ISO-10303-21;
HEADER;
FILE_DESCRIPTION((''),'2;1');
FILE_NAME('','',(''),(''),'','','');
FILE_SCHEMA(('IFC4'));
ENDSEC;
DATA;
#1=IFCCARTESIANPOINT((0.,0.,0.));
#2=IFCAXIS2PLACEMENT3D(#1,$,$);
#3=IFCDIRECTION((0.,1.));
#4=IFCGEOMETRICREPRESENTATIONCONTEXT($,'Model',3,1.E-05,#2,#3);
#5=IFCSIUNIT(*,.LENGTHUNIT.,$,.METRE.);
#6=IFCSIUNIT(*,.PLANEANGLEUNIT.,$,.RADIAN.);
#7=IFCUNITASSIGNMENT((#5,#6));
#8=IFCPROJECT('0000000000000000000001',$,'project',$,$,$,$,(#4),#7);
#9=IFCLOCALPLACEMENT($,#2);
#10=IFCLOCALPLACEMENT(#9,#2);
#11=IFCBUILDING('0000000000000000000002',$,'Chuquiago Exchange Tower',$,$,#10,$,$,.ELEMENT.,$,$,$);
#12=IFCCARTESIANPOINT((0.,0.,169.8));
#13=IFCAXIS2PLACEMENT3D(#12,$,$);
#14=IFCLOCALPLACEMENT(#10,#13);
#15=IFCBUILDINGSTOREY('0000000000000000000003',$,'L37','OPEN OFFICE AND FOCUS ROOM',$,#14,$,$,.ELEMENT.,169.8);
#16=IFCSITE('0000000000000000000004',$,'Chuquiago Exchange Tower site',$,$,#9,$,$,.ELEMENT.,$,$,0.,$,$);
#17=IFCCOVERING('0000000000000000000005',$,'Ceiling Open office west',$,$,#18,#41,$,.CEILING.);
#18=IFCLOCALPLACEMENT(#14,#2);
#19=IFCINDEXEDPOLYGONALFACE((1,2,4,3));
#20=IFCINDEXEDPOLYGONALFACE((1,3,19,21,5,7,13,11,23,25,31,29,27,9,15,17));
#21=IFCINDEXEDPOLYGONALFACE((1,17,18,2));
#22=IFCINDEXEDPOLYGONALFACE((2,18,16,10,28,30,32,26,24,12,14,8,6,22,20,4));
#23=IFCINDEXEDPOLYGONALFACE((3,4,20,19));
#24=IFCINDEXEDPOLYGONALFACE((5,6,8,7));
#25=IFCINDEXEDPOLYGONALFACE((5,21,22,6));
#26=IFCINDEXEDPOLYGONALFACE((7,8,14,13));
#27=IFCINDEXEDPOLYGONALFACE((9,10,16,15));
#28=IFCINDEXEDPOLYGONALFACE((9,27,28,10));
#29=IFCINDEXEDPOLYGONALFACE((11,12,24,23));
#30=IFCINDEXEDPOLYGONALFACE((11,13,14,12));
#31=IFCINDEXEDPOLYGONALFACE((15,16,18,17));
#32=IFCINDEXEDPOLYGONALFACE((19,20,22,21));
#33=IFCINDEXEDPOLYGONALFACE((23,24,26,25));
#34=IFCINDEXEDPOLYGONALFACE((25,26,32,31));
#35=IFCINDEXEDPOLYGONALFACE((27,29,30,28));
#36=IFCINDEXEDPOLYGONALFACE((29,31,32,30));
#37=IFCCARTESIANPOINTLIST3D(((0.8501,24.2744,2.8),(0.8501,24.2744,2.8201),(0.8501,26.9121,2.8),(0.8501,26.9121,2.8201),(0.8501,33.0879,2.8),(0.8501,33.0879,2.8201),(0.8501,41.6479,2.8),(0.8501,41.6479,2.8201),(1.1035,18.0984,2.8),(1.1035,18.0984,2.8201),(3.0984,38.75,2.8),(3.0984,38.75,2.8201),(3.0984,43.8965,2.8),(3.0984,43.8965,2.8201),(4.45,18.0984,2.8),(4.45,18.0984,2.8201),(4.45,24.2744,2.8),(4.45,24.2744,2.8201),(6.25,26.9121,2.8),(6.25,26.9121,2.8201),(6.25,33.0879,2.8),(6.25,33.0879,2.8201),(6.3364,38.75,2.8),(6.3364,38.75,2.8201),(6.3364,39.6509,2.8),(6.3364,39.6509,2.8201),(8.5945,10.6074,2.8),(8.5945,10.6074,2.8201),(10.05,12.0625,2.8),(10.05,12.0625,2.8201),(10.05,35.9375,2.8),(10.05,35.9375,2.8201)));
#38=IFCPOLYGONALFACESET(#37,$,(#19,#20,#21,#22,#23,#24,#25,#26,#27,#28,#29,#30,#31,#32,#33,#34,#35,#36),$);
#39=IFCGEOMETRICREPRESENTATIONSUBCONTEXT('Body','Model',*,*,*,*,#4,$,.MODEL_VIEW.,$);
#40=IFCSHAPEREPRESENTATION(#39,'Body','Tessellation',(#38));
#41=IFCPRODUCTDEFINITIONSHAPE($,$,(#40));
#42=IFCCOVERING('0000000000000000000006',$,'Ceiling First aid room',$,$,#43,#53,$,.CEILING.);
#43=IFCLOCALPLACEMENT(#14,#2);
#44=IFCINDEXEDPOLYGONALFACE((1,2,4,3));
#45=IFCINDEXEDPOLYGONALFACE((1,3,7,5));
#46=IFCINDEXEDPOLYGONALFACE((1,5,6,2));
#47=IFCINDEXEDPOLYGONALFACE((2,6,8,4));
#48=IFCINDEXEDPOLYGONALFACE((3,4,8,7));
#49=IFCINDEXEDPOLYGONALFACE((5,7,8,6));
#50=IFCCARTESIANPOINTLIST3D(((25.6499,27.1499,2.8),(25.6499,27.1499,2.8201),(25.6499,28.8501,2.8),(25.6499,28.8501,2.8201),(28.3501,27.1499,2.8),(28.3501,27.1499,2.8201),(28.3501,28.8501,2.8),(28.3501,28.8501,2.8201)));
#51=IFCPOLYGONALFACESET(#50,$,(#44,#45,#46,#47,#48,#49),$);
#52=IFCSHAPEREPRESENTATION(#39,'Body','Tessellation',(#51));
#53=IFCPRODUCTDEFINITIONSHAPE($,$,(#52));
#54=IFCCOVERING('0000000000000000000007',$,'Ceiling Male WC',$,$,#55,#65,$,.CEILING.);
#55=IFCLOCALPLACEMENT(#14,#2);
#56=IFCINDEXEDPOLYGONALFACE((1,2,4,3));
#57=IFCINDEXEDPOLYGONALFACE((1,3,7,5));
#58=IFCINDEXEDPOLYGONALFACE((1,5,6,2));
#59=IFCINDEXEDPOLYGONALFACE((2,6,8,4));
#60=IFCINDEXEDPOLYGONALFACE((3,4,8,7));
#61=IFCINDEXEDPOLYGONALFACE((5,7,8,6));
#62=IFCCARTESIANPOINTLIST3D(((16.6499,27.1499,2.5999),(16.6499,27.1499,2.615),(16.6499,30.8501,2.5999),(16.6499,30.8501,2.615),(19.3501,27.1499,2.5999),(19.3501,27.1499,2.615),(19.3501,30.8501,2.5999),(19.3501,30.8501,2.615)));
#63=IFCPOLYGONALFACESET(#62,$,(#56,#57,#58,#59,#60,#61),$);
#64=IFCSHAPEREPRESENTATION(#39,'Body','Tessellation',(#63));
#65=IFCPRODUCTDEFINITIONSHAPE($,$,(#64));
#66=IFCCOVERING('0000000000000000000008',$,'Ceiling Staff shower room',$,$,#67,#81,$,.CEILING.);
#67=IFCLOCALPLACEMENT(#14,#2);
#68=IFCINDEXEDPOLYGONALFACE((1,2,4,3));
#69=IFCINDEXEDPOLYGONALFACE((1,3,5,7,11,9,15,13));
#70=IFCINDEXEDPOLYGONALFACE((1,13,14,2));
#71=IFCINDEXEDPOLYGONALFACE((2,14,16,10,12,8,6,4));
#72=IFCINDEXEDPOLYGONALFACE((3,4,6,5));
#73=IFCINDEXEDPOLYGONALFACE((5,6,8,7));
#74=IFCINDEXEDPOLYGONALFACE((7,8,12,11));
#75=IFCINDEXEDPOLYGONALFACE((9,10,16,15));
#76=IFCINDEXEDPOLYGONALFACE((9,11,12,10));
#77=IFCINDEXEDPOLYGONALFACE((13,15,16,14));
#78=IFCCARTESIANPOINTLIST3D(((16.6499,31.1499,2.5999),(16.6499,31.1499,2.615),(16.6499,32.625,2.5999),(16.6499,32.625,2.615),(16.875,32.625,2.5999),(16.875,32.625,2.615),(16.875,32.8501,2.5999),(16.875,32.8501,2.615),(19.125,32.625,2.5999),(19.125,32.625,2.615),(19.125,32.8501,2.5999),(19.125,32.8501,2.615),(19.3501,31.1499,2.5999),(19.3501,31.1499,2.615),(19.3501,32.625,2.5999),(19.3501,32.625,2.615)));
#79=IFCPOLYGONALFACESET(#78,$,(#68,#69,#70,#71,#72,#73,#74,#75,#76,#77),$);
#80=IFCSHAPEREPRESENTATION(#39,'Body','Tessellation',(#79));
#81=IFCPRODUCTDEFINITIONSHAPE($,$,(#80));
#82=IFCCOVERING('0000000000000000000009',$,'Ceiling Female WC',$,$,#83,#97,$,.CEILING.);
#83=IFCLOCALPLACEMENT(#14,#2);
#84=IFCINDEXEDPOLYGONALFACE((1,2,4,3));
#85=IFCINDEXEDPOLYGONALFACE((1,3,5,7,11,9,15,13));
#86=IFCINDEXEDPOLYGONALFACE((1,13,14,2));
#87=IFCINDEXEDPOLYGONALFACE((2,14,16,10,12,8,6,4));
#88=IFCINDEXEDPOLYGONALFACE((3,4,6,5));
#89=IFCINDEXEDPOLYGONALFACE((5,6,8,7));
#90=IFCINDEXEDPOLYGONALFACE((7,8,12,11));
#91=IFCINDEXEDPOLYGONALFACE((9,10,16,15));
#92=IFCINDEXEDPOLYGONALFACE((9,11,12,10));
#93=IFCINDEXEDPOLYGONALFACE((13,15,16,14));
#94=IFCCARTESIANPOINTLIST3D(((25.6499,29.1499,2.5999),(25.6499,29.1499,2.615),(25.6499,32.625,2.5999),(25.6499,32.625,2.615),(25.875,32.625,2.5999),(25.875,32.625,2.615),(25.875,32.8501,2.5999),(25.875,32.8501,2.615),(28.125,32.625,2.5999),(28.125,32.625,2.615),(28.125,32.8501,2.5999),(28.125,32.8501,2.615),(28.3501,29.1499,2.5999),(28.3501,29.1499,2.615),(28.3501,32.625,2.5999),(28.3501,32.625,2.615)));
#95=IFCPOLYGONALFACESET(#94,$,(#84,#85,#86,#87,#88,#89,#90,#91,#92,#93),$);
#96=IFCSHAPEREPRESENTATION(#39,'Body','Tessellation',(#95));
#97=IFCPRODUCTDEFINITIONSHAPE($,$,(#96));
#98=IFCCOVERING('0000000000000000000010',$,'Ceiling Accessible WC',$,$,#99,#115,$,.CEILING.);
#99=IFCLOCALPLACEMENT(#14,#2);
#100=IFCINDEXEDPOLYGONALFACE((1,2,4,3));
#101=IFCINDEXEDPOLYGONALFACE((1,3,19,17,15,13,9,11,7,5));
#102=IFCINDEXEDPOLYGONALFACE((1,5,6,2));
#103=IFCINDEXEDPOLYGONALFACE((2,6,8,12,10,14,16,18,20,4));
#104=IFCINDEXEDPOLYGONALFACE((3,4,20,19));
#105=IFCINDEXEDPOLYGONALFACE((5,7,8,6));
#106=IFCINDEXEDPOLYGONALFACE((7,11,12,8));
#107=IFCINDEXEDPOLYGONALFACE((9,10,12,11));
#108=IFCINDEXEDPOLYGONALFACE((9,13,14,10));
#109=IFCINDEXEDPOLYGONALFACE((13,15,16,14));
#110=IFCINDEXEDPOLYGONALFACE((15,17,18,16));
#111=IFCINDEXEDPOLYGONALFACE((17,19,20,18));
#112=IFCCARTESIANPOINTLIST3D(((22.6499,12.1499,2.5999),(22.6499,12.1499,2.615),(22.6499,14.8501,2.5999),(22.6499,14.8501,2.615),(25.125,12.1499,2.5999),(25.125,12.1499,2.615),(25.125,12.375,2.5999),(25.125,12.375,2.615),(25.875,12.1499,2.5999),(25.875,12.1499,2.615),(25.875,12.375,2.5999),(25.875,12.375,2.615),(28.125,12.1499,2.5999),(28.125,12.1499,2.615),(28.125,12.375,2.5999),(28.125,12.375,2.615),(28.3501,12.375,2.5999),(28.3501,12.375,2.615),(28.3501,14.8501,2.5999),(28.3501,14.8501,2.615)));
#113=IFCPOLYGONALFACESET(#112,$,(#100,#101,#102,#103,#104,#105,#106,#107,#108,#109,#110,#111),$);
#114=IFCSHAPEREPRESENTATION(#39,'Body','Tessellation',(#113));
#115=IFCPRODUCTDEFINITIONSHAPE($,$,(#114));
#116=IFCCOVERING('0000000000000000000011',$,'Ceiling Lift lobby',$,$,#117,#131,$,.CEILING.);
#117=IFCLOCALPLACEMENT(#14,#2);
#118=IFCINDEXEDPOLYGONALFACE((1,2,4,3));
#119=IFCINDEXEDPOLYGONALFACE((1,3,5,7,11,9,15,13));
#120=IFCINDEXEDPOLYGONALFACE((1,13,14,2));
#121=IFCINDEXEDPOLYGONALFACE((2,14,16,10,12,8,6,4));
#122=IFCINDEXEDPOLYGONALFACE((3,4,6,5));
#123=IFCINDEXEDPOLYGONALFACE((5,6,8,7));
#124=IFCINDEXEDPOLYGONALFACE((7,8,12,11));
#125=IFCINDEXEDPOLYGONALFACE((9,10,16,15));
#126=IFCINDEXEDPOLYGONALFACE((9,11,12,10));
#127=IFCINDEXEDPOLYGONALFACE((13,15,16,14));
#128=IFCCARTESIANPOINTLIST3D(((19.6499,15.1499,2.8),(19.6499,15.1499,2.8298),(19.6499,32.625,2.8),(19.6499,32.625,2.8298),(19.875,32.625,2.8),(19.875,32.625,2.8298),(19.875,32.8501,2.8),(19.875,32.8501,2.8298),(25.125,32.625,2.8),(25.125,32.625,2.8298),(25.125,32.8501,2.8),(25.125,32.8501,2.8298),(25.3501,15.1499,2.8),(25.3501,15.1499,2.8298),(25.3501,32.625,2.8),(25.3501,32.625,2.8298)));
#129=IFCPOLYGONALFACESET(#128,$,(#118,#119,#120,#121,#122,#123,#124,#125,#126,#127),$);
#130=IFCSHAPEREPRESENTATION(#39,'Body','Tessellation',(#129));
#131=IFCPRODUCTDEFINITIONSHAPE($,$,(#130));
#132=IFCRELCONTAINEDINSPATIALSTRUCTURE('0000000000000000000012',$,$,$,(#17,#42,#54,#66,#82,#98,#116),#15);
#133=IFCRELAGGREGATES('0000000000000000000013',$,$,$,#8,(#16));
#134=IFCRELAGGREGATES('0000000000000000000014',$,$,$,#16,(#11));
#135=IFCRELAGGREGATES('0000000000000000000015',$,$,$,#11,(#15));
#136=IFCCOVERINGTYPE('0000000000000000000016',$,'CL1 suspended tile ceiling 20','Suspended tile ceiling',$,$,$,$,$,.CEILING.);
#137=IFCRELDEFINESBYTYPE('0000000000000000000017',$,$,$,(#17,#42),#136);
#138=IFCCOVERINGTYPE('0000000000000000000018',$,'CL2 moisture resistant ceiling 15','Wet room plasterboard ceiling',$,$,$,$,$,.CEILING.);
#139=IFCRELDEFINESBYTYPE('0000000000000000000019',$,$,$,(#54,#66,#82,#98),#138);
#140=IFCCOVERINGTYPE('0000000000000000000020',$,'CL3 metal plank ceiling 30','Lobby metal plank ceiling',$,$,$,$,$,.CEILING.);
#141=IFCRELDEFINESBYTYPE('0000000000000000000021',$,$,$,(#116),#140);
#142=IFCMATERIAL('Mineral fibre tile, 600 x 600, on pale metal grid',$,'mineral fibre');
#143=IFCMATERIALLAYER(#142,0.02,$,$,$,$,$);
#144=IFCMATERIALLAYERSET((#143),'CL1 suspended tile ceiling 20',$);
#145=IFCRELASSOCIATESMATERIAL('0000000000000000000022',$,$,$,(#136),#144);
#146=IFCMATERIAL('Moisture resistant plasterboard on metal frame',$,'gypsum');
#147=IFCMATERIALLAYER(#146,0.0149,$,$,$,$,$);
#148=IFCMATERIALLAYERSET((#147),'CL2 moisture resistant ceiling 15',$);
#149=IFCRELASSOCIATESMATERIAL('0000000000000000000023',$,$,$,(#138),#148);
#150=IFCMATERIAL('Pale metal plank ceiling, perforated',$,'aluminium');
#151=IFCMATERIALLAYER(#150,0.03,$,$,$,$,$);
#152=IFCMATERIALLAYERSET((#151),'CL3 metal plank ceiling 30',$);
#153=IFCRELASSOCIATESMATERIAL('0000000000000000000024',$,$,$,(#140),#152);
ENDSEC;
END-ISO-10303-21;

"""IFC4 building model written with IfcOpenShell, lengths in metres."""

from ifc_helpers import new_model, si_unit, direction, frame, origin, place, context, subcontext, project, spatial, polyline, outline, extrude, material, layer, layer_set, type_object, element, save


model = new_model("IFC4")

# Units and contexts
model_context = context("Model", 3, precision=1e-05, world=origin(), true_north=direction((0.0, 1.0)))
body_context = subcontext(model_context, "Body", "Model", "MODEL_VIEW")
ifc_project = project(units=[si_unit("LENGTHUNIT", "METRE"), si_unit("PLANEANGLEUNIT", "RADIAN")], contexts=[model_context])

# Site, building, storey
site_placement = place(None, origin())
site = spatial("IfcSite", under=ifc_project, at=site_placement, Name="Chuquiago Exchange Tower site", CompositionType="ELEMENT", RefElevation=0.0)
building_placement = place(site_placement, origin())
building = spatial("IfcBuilding", under=site, at=building_placement, Name="Chuquiago Exchange Tower", CompositionType="ELEMENT")
storey_placement = place(building_placement, frame((0.0, 0.0, 169.8)))
storey = spatial("IfcBuildingStorey", under=building, at=storey_placement, Name="L37", Description="OPEN OFFICE AND FOCUS ROOM", CompositionType="ELEMENT", Elevation=169.8)

# Coverings
ifc_material_1 = material(Name="Mineral fibre tile, 600 x 600, on pale metal grid", Category="mineral fibre")
ifc_layer_1 = layer(ifc_material_1, 0.02)
ifc_layer_set_1 = layer_set([ifc_layer_1], Name="CL1 suspended tile ceiling 20")
covering_type_1 = type_object("IfcCoveringType", Name="CL1 suspended tile ceiling 20", Description="Suspended tile ceiling", PredefinedType="CEILING", material=ifc_layer_set_1)
covering_1_placement = place(storey_placement, frame((0.0, 0.0, 2.8)))
element("IfcCovering", 1, at=covering_1_placement, inside=storey, type_object=covering_type_1, Name="Ceiling Open office west", PredefinedType="CEILING", context=body_context, shape_type="SweptSolid", body=[
    extrude(outline(polyline([(3.0984, 38.75), (6.3364, 38.75), (6.3364, 39.6509), (10.05, 35.9375), (10.05, 12.0625), (8.5945, 10.6074), (1.1035, 18.0984), (4.45, 18.0984), (4.45, 24.2744), (0.8501, 24.2744), (0.8501, 26.9121), (6.25, 26.9121), (6.25, 33.0879), (0.8501, 33.0879), (0.8501, 41.6479), (3.0984, 43.8965), (3.0984, 38.75)])), origin(), (0.0, 0.0, 1.0), 0.02),
])
covering_2_placement = place(storey_placement, frame((0.0, 0.0, 2.8)))
element("IfcCovering", 2, at=covering_2_placement, inside=storey, type_object=covering_type_1, Name="Ceiling First aid room", PredefinedType="CEILING", context=body_context, shape_type="SweptSolid", body=[
    extrude(outline(polyline([(25.6499, 27.1499), (25.6499, 28.8501), (28.3501, 28.8501), (28.3501, 27.1499), (25.6499, 27.1499)])), origin(), (0.0, 0.0, 1.0), 0.02),
])
ifc_material_2 = material(Name="Moisture resistant plasterboard on metal frame", Category="gypsum")
ifc_layer_2 = layer(ifc_material_2, 0.0149)
ifc_layer_set_2 = layer_set([ifc_layer_2], Name="CL2 moisture resistant ceiling 15")
covering_type_2 = type_object("IfcCoveringType", Name="CL2 moisture resistant ceiling 15", Description="Wet room plasterboard ceiling", PredefinedType="CEILING", material=ifc_layer_set_2)
covering_3_placement = place(storey_placement, frame((0.0, 0.0, 2.5999)))
element("IfcCovering", 3, at=covering_3_placement, inside=storey, type_object=covering_type_2, Name="Ceiling Male WC", PredefinedType="CEILING", context=body_context, shape_type="SweptSolid", body=[
    extrude(outline(polyline([(16.6499, 27.1499), (16.6499, 30.8501), (19.3501, 30.8501), (19.3501, 27.1499), (16.6499, 27.1499)])), origin(), (0.0, 0.0, 1.0), 0.0151),
])
covering_4_placement = place(storey_placement, frame((0.0, 0.0, 2.5999)))
element("IfcCovering", 4, at=covering_4_placement, inside=storey, type_object=covering_type_2, Name="Ceiling Staff shower room", PredefinedType="CEILING", context=body_context, shape_type="SweptSolid", body=[
    extrude(outline(polyline([(16.6499, 31.1499), (16.6499, 32.625), (16.875, 32.625), (16.875, 32.8501), (19.125, 32.8501), (19.125, 32.625), (19.3501, 32.625), (19.3501, 31.1499), (16.6499, 31.1499)])), origin(), (0.0, 0.0, 1.0), 0.0151),
])
covering_5_placement = place(storey_placement, frame((0.0, 0.0, 2.5999)))
element("IfcCovering", 5, at=covering_5_placement, inside=storey, type_object=covering_type_2, Name="Ceiling Female WC", PredefinedType="CEILING", context=body_context, shape_type="SweptSolid", body=[
    extrude(outline(polyline([(25.6499, 29.1499), (25.6499, 32.625), (25.875, 32.625), (25.875, 32.8501), (28.125, 32.8501), (28.125, 32.625), (28.3501, 32.625), (28.3501, 29.1499), (25.6499, 29.1499)])), origin(), (0.0, 0.0, 1.0), 0.0151),
])
covering_6_placement = place(storey_placement, frame((0.0, 0.0, 2.5999)))
element("IfcCovering", 6, at=covering_6_placement, inside=storey, type_object=covering_type_2, Name="Ceiling Accessible WC", PredefinedType="CEILING", context=body_context, shape_type="SweptSolid", body=[
    extrude(outline(polyline([(25.875, 12.1499), (25.875, 12.375), (25.125, 12.375), (25.125, 12.1499), (22.6499, 12.1499), (22.6499, 14.8501), (28.3501, 14.8501), (28.3501, 12.375), (28.125, 12.375), (28.125, 12.1499), (25.875, 12.1499)])), origin(), (0.0, 0.0, 1.0), 0.0151),
])
ifc_material_3 = material(Name="Pale metal plank ceiling, perforated", Category="aluminium")
ifc_layer_3 = layer(ifc_material_3, 0.03)
ifc_layer_set_3 = layer_set([ifc_layer_3], Name="CL3 metal plank ceiling 30")
covering_type_3 = type_object("IfcCoveringType", Name="CL3 metal plank ceiling 30", Description="Lobby metal plank ceiling", PredefinedType="CEILING", material=ifc_layer_set_3)
covering_7_placement = place(storey_placement, frame((0.0, 0.0, 2.8)))
element("IfcCovering", 7, at=covering_7_placement, inside=storey, type_object=covering_type_3, Name="Ceiling Lift lobby", PredefinedType="CEILING", context=body_context, shape_type="SweptSolid", body=[
    extrude(outline(polyline([(19.6499, 15.1499), (19.6499, 32.625), (19.875, 32.625), (19.875, 32.8501), (25.125, 32.8501), (25.125, 32.625), (25.3501, 32.625), (25.3501, 15.1499), (19.6499, 15.1499)])), origin(), (0.0, 0.0, 1.0), 0.0298),
])

save(model, "model.ifc")
